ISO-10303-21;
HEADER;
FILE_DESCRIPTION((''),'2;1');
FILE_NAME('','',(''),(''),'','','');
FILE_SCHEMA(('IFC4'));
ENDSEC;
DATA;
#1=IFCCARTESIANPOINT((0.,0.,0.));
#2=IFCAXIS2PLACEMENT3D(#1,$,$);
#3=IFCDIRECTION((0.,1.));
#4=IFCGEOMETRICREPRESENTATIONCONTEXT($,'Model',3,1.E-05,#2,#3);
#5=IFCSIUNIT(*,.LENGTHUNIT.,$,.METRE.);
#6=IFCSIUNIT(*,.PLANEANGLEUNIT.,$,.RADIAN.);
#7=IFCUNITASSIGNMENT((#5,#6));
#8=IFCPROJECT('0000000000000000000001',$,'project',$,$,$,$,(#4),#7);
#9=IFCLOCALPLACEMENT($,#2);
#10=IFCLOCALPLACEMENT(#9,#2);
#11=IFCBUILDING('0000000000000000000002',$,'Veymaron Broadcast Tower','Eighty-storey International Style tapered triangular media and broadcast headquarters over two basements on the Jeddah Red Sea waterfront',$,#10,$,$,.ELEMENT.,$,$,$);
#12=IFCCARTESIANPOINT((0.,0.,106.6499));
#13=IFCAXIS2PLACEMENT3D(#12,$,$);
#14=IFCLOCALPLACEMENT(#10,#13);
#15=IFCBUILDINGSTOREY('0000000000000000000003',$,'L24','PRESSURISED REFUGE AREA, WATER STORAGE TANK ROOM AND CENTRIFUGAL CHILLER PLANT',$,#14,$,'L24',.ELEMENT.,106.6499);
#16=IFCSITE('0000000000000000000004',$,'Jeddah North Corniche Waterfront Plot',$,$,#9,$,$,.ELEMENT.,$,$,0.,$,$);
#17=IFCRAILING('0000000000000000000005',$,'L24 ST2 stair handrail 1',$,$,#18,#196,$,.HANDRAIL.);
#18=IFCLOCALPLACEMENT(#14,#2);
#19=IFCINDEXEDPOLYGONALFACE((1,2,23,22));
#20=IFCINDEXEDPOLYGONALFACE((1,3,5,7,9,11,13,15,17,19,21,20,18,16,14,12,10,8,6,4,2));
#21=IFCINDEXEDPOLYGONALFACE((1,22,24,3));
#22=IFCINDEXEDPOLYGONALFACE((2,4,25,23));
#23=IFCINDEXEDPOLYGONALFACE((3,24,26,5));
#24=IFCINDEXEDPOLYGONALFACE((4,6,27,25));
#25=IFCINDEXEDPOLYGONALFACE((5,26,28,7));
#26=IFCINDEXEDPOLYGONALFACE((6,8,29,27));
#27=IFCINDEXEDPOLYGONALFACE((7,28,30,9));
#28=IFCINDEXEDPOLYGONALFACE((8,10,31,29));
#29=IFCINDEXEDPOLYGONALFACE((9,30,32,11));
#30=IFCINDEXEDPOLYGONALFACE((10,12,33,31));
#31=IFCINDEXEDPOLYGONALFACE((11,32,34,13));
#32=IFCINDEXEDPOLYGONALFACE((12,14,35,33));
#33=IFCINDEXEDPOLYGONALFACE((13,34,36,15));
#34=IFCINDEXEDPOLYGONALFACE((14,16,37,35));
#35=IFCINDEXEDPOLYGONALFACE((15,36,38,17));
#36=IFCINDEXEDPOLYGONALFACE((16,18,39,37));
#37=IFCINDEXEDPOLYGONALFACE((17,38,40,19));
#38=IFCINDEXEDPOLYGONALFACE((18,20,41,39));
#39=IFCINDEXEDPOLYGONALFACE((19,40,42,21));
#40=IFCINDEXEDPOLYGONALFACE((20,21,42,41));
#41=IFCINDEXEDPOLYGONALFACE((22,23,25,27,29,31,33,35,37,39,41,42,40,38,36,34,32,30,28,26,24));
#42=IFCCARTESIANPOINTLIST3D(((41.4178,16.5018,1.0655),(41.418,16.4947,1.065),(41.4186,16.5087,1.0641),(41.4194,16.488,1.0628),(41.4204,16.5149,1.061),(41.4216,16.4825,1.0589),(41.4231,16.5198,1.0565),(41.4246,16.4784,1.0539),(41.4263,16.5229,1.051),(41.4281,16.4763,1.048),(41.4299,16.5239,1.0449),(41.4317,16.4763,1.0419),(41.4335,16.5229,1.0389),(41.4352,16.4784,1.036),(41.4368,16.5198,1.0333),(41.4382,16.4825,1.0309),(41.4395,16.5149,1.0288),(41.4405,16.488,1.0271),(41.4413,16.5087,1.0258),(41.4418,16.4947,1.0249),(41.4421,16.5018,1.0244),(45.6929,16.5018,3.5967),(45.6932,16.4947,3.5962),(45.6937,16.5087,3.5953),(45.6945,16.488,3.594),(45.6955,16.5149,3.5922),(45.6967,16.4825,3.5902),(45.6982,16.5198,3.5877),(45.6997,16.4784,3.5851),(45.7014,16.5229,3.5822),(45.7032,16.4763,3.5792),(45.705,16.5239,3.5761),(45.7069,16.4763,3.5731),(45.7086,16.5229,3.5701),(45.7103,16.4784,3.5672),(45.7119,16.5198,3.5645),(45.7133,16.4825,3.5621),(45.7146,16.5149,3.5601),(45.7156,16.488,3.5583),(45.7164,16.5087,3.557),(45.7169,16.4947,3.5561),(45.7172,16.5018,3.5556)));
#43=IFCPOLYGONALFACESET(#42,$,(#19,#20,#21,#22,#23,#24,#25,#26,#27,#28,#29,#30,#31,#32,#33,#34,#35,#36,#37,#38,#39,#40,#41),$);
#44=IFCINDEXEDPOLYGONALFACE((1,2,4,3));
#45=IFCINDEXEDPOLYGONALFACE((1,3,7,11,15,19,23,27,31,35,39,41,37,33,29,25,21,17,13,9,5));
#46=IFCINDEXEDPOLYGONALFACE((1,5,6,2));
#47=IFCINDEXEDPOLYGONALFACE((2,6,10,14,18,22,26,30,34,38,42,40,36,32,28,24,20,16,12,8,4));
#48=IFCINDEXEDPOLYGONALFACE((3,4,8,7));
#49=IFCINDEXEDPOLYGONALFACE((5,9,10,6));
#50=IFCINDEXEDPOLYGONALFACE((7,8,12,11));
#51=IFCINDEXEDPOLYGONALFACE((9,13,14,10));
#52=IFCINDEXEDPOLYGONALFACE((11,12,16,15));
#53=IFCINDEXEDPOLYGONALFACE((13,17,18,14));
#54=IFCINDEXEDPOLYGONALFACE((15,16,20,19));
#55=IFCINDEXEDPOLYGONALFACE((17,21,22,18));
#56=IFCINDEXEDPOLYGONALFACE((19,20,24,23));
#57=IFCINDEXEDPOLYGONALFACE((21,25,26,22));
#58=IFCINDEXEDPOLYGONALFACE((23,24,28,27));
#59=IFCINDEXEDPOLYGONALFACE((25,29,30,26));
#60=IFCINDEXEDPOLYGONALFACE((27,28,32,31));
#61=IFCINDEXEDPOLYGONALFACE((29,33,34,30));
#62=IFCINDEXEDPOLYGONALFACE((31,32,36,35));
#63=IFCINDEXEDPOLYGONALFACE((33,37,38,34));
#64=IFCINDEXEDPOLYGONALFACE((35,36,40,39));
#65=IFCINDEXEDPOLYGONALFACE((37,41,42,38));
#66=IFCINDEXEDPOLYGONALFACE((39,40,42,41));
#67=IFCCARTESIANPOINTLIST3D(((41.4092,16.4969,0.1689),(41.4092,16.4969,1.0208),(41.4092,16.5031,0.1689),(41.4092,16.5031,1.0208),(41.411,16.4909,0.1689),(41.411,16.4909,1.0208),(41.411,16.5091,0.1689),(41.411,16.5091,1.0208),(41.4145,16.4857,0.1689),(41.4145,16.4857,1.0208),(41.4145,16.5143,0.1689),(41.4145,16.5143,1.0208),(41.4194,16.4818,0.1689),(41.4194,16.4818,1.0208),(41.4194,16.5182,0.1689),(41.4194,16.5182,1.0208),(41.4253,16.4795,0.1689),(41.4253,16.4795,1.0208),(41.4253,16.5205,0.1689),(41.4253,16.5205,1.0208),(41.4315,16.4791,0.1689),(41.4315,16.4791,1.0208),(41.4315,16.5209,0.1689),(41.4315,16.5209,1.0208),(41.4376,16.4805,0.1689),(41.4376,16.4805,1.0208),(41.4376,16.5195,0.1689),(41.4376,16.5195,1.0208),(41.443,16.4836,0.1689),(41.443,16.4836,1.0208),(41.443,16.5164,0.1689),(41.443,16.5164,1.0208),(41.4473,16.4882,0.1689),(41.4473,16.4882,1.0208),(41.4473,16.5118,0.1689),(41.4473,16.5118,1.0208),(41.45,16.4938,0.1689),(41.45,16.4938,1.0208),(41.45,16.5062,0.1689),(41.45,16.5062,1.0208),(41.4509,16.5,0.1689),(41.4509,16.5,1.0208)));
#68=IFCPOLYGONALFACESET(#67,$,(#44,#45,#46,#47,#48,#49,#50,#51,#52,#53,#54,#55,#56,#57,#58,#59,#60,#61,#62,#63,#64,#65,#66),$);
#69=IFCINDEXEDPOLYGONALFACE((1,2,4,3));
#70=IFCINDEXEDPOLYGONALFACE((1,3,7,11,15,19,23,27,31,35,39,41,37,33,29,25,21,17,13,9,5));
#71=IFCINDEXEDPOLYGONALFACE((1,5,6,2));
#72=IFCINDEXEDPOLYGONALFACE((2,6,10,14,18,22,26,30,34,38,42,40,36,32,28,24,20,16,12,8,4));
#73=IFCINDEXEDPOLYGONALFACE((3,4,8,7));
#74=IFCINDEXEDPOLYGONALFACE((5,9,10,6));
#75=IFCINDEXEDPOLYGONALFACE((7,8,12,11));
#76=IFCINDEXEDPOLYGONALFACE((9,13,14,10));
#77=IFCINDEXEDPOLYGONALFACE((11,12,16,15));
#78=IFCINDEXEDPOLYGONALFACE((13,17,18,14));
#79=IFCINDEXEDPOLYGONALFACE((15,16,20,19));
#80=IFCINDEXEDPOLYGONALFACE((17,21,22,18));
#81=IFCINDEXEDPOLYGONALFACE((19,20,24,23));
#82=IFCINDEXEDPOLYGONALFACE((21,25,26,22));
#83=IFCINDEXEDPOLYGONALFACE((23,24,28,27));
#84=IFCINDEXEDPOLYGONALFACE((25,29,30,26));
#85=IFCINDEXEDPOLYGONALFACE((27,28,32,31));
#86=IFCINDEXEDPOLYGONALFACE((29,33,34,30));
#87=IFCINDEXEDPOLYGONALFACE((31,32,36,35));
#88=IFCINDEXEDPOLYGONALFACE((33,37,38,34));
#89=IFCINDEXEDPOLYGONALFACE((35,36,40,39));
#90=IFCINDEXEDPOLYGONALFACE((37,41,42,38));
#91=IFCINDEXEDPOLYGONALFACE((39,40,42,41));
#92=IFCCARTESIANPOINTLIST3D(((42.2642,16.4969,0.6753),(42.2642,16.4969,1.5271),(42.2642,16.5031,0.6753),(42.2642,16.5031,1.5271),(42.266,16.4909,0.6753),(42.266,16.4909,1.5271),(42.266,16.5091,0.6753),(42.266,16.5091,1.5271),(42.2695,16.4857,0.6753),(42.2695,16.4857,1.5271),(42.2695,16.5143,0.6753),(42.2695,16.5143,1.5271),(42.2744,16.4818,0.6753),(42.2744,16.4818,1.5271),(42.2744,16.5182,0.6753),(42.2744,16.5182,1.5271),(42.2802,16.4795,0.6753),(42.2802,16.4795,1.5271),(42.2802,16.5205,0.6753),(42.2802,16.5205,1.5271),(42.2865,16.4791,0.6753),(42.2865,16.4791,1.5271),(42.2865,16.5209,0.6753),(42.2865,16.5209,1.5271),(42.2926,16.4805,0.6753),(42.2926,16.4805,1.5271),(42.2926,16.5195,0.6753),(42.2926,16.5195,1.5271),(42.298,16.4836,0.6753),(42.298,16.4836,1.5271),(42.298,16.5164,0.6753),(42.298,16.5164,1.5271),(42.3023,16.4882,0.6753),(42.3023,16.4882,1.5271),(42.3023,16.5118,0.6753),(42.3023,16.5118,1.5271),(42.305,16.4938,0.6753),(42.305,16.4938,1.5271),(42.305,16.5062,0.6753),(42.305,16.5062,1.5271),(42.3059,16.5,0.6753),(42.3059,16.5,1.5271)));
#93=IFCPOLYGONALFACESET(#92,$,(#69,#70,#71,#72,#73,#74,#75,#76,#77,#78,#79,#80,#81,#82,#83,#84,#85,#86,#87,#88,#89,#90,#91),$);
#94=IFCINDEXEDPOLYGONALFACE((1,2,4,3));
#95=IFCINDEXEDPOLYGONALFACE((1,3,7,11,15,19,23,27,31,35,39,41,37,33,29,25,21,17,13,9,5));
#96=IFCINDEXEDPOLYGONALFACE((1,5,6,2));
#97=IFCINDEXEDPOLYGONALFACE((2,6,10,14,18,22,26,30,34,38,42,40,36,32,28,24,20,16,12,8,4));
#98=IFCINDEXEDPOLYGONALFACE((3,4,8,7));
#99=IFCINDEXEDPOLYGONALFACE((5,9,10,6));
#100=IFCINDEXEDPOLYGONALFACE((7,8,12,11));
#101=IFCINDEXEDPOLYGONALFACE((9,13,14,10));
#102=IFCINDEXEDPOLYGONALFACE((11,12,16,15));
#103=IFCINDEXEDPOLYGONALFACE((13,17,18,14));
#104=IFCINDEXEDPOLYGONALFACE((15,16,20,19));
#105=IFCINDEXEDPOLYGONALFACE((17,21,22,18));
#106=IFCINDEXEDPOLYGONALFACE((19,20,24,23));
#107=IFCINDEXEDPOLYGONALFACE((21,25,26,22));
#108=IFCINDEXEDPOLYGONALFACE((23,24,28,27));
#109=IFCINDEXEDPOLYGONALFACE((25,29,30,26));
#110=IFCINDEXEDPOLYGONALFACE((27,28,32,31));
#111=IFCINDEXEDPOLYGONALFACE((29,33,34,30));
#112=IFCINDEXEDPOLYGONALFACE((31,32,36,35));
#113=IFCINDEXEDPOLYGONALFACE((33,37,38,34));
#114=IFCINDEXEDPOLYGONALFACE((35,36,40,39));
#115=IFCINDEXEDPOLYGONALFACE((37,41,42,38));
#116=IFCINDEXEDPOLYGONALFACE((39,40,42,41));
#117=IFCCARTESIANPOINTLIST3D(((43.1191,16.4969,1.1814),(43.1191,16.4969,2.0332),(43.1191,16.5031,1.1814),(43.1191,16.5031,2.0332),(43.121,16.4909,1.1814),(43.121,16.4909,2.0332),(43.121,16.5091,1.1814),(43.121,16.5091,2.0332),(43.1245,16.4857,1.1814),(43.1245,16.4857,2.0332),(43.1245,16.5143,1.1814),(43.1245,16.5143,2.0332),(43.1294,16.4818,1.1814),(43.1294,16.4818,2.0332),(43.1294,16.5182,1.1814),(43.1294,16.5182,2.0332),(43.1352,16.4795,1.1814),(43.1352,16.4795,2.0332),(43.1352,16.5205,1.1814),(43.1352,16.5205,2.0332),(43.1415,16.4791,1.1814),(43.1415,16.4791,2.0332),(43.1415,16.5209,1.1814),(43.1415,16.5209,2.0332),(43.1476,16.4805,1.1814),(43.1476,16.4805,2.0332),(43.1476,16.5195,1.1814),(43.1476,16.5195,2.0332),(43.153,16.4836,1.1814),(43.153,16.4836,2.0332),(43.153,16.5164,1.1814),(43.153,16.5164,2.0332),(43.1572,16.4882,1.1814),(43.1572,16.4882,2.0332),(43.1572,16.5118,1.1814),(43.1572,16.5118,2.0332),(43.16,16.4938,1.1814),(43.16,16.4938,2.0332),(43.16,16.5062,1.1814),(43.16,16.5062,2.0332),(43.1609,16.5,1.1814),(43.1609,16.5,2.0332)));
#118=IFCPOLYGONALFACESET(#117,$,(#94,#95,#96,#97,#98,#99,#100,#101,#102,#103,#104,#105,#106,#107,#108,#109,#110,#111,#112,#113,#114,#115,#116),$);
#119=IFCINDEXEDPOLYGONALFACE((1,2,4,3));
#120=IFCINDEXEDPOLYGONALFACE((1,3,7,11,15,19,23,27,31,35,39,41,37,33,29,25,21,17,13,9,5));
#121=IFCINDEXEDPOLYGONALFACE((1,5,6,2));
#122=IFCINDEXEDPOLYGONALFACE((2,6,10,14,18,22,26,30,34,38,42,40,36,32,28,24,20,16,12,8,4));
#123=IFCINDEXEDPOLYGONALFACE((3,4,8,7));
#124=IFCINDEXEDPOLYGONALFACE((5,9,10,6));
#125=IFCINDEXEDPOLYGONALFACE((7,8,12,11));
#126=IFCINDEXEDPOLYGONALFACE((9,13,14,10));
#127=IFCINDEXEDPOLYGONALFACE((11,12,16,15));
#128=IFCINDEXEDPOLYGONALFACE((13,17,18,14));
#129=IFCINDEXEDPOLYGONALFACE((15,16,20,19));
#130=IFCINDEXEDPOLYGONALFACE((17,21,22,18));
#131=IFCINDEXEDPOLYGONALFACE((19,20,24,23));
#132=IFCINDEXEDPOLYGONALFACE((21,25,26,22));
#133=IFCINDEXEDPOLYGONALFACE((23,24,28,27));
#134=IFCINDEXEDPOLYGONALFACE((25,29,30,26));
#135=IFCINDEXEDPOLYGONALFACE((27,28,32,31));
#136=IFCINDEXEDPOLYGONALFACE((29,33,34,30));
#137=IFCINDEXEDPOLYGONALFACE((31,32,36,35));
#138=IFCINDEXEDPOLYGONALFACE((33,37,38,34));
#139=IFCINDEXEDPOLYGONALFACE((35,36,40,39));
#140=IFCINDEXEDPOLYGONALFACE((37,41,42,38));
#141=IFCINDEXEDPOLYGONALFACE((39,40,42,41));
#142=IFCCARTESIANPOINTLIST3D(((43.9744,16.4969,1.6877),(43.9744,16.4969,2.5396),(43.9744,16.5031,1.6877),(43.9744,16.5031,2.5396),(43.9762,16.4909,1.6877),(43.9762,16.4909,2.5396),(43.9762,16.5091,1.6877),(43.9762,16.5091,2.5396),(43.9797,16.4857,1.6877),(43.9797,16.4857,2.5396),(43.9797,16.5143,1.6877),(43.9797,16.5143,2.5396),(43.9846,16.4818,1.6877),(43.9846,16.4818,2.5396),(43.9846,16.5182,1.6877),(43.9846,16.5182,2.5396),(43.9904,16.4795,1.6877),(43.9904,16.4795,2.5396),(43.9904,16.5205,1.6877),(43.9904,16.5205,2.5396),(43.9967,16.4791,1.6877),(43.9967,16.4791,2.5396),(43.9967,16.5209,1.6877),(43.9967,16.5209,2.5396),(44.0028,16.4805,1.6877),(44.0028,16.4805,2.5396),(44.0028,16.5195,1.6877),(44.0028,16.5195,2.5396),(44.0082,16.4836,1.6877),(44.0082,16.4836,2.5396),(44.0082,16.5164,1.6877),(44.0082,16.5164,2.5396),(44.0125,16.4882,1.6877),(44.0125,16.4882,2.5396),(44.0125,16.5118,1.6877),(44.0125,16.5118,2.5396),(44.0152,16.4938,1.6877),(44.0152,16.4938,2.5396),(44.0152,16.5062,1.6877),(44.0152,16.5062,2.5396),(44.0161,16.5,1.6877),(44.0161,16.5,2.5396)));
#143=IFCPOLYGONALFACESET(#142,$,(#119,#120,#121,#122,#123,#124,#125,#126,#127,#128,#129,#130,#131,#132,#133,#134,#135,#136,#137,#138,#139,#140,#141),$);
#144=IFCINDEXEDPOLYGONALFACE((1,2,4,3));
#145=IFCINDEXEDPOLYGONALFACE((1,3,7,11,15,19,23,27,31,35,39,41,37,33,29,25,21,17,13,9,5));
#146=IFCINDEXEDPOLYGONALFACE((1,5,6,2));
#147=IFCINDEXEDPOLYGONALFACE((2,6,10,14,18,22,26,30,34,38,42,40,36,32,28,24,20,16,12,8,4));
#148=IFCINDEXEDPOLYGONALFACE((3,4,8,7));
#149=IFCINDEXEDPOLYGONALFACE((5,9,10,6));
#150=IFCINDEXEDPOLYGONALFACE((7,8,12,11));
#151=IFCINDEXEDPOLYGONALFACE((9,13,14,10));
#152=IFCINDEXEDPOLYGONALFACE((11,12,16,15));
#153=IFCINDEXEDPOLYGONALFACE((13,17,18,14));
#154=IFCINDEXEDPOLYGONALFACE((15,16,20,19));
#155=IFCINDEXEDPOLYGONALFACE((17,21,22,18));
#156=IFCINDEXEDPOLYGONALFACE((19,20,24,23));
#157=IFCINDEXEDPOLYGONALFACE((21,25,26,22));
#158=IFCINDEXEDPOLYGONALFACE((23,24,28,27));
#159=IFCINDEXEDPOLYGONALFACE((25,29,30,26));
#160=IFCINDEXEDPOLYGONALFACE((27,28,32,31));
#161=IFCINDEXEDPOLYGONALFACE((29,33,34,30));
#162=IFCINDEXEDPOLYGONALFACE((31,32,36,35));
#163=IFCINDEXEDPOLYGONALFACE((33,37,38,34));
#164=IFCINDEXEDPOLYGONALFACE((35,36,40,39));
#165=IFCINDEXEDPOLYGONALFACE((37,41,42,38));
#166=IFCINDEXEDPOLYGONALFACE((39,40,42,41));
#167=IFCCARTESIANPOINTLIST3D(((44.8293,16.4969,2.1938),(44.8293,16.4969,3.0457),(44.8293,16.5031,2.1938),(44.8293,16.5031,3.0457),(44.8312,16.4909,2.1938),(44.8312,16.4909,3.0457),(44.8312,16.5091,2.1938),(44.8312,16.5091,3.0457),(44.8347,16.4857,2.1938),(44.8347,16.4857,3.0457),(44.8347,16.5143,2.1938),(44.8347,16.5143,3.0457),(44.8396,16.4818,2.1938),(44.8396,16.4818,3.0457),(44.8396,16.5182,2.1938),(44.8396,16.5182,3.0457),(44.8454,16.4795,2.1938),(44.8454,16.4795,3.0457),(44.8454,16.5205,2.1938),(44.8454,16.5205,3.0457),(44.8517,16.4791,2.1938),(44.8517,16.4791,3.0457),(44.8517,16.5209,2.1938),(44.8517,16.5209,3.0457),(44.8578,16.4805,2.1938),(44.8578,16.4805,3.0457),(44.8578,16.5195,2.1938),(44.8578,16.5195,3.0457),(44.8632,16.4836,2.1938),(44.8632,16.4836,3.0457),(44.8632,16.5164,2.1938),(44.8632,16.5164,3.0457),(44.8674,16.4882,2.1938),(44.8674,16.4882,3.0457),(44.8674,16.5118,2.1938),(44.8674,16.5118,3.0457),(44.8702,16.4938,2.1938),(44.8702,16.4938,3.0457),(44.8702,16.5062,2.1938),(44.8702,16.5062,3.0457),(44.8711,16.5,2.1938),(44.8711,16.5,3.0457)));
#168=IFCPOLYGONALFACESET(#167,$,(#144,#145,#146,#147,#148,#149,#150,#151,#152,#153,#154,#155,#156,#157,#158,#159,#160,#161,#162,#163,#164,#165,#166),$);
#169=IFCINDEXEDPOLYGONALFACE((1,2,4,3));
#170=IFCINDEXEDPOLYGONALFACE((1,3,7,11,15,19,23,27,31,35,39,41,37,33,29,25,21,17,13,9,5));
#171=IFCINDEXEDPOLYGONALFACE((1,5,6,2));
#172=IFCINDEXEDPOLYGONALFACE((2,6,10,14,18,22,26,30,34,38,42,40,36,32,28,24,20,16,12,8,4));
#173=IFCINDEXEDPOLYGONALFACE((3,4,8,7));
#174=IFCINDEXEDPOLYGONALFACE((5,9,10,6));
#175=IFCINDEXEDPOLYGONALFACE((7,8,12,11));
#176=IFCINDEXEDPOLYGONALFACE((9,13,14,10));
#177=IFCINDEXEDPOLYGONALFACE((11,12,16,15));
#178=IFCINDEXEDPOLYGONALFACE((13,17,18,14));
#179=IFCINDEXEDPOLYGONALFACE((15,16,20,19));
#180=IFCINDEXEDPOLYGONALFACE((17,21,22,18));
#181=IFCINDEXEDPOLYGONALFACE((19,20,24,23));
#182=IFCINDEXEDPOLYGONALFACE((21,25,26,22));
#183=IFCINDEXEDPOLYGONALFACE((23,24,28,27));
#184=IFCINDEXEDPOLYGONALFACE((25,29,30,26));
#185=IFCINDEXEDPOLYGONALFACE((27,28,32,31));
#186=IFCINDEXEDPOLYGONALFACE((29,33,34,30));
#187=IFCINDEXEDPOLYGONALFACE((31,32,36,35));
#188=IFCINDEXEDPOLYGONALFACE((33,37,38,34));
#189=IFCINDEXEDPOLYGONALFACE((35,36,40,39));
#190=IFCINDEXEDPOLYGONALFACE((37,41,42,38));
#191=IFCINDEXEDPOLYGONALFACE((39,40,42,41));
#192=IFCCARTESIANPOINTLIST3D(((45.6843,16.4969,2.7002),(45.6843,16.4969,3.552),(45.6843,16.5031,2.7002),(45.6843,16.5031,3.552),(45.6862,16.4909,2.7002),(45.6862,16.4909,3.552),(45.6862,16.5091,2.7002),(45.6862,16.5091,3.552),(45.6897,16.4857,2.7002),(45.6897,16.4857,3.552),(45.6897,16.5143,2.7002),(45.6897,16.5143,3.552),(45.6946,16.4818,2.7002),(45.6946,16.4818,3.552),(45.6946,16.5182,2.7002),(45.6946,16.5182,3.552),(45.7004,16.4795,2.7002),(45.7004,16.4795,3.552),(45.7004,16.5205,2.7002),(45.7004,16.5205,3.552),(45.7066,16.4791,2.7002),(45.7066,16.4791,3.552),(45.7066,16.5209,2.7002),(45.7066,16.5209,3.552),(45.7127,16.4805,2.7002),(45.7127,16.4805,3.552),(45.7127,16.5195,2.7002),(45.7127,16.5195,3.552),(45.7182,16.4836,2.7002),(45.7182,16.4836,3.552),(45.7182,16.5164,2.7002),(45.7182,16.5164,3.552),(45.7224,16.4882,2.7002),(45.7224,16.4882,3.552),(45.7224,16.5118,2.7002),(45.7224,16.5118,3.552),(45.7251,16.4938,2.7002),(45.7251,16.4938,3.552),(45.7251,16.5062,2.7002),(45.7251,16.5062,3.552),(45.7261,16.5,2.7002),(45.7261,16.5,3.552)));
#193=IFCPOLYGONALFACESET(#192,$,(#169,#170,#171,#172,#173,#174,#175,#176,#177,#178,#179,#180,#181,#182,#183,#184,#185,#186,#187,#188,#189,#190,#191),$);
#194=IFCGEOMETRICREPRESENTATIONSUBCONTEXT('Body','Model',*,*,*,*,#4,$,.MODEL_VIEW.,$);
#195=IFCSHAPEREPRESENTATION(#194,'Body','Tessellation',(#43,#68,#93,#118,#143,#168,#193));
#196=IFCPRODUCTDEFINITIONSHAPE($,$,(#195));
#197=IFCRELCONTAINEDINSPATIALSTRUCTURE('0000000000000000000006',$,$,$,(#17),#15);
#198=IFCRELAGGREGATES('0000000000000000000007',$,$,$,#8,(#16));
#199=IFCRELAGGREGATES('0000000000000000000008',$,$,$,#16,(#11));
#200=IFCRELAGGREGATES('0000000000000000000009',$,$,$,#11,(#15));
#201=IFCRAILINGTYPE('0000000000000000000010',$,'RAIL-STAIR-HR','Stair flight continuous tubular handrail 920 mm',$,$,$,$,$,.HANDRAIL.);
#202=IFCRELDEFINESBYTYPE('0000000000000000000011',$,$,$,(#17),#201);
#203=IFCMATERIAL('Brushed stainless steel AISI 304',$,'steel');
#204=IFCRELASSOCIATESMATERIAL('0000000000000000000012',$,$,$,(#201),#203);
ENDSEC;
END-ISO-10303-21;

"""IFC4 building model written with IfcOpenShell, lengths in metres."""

from ifc_helpers import new_model, si_unit, direction, frame, origin, origin_2d, place, context, subcontext, project, spatial, circle, extrude, material, type_object, element, save


model = new_model("IFC4")

# Units and contexts
model_context = context("Model", 3, precision=1e-05, world=origin(), true_north=direction((0.0, 1.0)))
body_context = subcontext(model_context, "Body", "Model", "MODEL_VIEW")
ifc_project = project(units=[si_unit("LENGTHUNIT", "METRE"), si_unit("PLANEANGLEUNIT", "RADIAN")], contexts=[model_context])

# Site, building, storey
site_placement = place(None, origin())
site = spatial("IfcSite", under=ifc_project, at=site_placement, Name="Jeddah North Corniche Waterfront Plot", CompositionType="ELEMENT", RefElevation=0.0)
building_placement = place(site_placement, origin())
building = spatial("IfcBuilding", under=site, at=building_placement, Name="Veymaron Broadcast Tower", Description="Eighty-storey International Style tapered triangular media and broadcast headquarters over two basements on the Jeddah Red Sea waterfront", CompositionType="ELEMENT")
storey_placement = place(building_placement, frame((0.0, 0.0, 106.6499)))
storey = spatial("IfcBuildingStorey", under=building, at=storey_placement, Name="L24", Description="PRESSURISED REFUGE AREA, WATER STORAGE TANK ROOM AND CENTRIFUGAL CHILLER PLANT", LongName="L24", CompositionType="ELEMENT", Elevation=106.6499)

# Shared definitions
ifc_material_1 = material(Name="Brushed stainless steel AISI 304", Category="steel")

# Railing
railing_type_1 = type_object("IfcRailingType", Name="RAIL-STAIR-HR", Description="Stair flight continuous tubular handrail 920 mm", PredefinedType="HANDRAIL", material=ifc_material_1)
railing_1_placement = place(storey_placement, frame((41.4299, 16.5, 0.1689)))
element("IfcRailing", 1, at=railing_1_placement, inside=storey, type_object=railing_type_1, Name="L24 ST2 stair handrail 1", PredefinedType="HANDRAIL", context=body_context, shape_type="SweptSolid", body=[
    extrude(circle(Radius=0.0239, at=origin_2d()), frame((0.0, 0.0, 0.876), z_axis=(0.860483, 0.0, 0.509479), x_axis=(0.0, 1.0, 0.0)), (0.0, 0.0, 1.0), 4.9683),
    extrude(circle(Radius=0.021, at=origin_2d()), origin(), (0.0, 0.0, 1.0), 0.8518),
    extrude(circle(Radius=0.021, at=origin_2d()), frame((0.855, 0.0, 0.5063)), (0.0, 0.0, 1.0), 0.8518),
    extrude(circle(Radius=0.021, at=origin_2d()), frame((1.71, 0.0, 1.0125)), (0.0, 0.0, 1.0), 0.8518),
    extrude(circle(Radius=0.021, at=origin_2d()), frame((2.5652, 0.0, 1.5188)), (0.0, 0.0, 1.0), 0.8518),
    extrude(circle(Radius=0.021, at=origin_2d()), frame((3.4202, 0.0, 2.0249)), (0.0, 0.0, 1.0), 0.8518),
    extrude(circle(Radius=0.021, at=origin_2d()), frame((4.2751, 0.0, 2.5312)), (0.0, 0.0, 1.0), 0.8518),
])

save(model, "model.ifc")
